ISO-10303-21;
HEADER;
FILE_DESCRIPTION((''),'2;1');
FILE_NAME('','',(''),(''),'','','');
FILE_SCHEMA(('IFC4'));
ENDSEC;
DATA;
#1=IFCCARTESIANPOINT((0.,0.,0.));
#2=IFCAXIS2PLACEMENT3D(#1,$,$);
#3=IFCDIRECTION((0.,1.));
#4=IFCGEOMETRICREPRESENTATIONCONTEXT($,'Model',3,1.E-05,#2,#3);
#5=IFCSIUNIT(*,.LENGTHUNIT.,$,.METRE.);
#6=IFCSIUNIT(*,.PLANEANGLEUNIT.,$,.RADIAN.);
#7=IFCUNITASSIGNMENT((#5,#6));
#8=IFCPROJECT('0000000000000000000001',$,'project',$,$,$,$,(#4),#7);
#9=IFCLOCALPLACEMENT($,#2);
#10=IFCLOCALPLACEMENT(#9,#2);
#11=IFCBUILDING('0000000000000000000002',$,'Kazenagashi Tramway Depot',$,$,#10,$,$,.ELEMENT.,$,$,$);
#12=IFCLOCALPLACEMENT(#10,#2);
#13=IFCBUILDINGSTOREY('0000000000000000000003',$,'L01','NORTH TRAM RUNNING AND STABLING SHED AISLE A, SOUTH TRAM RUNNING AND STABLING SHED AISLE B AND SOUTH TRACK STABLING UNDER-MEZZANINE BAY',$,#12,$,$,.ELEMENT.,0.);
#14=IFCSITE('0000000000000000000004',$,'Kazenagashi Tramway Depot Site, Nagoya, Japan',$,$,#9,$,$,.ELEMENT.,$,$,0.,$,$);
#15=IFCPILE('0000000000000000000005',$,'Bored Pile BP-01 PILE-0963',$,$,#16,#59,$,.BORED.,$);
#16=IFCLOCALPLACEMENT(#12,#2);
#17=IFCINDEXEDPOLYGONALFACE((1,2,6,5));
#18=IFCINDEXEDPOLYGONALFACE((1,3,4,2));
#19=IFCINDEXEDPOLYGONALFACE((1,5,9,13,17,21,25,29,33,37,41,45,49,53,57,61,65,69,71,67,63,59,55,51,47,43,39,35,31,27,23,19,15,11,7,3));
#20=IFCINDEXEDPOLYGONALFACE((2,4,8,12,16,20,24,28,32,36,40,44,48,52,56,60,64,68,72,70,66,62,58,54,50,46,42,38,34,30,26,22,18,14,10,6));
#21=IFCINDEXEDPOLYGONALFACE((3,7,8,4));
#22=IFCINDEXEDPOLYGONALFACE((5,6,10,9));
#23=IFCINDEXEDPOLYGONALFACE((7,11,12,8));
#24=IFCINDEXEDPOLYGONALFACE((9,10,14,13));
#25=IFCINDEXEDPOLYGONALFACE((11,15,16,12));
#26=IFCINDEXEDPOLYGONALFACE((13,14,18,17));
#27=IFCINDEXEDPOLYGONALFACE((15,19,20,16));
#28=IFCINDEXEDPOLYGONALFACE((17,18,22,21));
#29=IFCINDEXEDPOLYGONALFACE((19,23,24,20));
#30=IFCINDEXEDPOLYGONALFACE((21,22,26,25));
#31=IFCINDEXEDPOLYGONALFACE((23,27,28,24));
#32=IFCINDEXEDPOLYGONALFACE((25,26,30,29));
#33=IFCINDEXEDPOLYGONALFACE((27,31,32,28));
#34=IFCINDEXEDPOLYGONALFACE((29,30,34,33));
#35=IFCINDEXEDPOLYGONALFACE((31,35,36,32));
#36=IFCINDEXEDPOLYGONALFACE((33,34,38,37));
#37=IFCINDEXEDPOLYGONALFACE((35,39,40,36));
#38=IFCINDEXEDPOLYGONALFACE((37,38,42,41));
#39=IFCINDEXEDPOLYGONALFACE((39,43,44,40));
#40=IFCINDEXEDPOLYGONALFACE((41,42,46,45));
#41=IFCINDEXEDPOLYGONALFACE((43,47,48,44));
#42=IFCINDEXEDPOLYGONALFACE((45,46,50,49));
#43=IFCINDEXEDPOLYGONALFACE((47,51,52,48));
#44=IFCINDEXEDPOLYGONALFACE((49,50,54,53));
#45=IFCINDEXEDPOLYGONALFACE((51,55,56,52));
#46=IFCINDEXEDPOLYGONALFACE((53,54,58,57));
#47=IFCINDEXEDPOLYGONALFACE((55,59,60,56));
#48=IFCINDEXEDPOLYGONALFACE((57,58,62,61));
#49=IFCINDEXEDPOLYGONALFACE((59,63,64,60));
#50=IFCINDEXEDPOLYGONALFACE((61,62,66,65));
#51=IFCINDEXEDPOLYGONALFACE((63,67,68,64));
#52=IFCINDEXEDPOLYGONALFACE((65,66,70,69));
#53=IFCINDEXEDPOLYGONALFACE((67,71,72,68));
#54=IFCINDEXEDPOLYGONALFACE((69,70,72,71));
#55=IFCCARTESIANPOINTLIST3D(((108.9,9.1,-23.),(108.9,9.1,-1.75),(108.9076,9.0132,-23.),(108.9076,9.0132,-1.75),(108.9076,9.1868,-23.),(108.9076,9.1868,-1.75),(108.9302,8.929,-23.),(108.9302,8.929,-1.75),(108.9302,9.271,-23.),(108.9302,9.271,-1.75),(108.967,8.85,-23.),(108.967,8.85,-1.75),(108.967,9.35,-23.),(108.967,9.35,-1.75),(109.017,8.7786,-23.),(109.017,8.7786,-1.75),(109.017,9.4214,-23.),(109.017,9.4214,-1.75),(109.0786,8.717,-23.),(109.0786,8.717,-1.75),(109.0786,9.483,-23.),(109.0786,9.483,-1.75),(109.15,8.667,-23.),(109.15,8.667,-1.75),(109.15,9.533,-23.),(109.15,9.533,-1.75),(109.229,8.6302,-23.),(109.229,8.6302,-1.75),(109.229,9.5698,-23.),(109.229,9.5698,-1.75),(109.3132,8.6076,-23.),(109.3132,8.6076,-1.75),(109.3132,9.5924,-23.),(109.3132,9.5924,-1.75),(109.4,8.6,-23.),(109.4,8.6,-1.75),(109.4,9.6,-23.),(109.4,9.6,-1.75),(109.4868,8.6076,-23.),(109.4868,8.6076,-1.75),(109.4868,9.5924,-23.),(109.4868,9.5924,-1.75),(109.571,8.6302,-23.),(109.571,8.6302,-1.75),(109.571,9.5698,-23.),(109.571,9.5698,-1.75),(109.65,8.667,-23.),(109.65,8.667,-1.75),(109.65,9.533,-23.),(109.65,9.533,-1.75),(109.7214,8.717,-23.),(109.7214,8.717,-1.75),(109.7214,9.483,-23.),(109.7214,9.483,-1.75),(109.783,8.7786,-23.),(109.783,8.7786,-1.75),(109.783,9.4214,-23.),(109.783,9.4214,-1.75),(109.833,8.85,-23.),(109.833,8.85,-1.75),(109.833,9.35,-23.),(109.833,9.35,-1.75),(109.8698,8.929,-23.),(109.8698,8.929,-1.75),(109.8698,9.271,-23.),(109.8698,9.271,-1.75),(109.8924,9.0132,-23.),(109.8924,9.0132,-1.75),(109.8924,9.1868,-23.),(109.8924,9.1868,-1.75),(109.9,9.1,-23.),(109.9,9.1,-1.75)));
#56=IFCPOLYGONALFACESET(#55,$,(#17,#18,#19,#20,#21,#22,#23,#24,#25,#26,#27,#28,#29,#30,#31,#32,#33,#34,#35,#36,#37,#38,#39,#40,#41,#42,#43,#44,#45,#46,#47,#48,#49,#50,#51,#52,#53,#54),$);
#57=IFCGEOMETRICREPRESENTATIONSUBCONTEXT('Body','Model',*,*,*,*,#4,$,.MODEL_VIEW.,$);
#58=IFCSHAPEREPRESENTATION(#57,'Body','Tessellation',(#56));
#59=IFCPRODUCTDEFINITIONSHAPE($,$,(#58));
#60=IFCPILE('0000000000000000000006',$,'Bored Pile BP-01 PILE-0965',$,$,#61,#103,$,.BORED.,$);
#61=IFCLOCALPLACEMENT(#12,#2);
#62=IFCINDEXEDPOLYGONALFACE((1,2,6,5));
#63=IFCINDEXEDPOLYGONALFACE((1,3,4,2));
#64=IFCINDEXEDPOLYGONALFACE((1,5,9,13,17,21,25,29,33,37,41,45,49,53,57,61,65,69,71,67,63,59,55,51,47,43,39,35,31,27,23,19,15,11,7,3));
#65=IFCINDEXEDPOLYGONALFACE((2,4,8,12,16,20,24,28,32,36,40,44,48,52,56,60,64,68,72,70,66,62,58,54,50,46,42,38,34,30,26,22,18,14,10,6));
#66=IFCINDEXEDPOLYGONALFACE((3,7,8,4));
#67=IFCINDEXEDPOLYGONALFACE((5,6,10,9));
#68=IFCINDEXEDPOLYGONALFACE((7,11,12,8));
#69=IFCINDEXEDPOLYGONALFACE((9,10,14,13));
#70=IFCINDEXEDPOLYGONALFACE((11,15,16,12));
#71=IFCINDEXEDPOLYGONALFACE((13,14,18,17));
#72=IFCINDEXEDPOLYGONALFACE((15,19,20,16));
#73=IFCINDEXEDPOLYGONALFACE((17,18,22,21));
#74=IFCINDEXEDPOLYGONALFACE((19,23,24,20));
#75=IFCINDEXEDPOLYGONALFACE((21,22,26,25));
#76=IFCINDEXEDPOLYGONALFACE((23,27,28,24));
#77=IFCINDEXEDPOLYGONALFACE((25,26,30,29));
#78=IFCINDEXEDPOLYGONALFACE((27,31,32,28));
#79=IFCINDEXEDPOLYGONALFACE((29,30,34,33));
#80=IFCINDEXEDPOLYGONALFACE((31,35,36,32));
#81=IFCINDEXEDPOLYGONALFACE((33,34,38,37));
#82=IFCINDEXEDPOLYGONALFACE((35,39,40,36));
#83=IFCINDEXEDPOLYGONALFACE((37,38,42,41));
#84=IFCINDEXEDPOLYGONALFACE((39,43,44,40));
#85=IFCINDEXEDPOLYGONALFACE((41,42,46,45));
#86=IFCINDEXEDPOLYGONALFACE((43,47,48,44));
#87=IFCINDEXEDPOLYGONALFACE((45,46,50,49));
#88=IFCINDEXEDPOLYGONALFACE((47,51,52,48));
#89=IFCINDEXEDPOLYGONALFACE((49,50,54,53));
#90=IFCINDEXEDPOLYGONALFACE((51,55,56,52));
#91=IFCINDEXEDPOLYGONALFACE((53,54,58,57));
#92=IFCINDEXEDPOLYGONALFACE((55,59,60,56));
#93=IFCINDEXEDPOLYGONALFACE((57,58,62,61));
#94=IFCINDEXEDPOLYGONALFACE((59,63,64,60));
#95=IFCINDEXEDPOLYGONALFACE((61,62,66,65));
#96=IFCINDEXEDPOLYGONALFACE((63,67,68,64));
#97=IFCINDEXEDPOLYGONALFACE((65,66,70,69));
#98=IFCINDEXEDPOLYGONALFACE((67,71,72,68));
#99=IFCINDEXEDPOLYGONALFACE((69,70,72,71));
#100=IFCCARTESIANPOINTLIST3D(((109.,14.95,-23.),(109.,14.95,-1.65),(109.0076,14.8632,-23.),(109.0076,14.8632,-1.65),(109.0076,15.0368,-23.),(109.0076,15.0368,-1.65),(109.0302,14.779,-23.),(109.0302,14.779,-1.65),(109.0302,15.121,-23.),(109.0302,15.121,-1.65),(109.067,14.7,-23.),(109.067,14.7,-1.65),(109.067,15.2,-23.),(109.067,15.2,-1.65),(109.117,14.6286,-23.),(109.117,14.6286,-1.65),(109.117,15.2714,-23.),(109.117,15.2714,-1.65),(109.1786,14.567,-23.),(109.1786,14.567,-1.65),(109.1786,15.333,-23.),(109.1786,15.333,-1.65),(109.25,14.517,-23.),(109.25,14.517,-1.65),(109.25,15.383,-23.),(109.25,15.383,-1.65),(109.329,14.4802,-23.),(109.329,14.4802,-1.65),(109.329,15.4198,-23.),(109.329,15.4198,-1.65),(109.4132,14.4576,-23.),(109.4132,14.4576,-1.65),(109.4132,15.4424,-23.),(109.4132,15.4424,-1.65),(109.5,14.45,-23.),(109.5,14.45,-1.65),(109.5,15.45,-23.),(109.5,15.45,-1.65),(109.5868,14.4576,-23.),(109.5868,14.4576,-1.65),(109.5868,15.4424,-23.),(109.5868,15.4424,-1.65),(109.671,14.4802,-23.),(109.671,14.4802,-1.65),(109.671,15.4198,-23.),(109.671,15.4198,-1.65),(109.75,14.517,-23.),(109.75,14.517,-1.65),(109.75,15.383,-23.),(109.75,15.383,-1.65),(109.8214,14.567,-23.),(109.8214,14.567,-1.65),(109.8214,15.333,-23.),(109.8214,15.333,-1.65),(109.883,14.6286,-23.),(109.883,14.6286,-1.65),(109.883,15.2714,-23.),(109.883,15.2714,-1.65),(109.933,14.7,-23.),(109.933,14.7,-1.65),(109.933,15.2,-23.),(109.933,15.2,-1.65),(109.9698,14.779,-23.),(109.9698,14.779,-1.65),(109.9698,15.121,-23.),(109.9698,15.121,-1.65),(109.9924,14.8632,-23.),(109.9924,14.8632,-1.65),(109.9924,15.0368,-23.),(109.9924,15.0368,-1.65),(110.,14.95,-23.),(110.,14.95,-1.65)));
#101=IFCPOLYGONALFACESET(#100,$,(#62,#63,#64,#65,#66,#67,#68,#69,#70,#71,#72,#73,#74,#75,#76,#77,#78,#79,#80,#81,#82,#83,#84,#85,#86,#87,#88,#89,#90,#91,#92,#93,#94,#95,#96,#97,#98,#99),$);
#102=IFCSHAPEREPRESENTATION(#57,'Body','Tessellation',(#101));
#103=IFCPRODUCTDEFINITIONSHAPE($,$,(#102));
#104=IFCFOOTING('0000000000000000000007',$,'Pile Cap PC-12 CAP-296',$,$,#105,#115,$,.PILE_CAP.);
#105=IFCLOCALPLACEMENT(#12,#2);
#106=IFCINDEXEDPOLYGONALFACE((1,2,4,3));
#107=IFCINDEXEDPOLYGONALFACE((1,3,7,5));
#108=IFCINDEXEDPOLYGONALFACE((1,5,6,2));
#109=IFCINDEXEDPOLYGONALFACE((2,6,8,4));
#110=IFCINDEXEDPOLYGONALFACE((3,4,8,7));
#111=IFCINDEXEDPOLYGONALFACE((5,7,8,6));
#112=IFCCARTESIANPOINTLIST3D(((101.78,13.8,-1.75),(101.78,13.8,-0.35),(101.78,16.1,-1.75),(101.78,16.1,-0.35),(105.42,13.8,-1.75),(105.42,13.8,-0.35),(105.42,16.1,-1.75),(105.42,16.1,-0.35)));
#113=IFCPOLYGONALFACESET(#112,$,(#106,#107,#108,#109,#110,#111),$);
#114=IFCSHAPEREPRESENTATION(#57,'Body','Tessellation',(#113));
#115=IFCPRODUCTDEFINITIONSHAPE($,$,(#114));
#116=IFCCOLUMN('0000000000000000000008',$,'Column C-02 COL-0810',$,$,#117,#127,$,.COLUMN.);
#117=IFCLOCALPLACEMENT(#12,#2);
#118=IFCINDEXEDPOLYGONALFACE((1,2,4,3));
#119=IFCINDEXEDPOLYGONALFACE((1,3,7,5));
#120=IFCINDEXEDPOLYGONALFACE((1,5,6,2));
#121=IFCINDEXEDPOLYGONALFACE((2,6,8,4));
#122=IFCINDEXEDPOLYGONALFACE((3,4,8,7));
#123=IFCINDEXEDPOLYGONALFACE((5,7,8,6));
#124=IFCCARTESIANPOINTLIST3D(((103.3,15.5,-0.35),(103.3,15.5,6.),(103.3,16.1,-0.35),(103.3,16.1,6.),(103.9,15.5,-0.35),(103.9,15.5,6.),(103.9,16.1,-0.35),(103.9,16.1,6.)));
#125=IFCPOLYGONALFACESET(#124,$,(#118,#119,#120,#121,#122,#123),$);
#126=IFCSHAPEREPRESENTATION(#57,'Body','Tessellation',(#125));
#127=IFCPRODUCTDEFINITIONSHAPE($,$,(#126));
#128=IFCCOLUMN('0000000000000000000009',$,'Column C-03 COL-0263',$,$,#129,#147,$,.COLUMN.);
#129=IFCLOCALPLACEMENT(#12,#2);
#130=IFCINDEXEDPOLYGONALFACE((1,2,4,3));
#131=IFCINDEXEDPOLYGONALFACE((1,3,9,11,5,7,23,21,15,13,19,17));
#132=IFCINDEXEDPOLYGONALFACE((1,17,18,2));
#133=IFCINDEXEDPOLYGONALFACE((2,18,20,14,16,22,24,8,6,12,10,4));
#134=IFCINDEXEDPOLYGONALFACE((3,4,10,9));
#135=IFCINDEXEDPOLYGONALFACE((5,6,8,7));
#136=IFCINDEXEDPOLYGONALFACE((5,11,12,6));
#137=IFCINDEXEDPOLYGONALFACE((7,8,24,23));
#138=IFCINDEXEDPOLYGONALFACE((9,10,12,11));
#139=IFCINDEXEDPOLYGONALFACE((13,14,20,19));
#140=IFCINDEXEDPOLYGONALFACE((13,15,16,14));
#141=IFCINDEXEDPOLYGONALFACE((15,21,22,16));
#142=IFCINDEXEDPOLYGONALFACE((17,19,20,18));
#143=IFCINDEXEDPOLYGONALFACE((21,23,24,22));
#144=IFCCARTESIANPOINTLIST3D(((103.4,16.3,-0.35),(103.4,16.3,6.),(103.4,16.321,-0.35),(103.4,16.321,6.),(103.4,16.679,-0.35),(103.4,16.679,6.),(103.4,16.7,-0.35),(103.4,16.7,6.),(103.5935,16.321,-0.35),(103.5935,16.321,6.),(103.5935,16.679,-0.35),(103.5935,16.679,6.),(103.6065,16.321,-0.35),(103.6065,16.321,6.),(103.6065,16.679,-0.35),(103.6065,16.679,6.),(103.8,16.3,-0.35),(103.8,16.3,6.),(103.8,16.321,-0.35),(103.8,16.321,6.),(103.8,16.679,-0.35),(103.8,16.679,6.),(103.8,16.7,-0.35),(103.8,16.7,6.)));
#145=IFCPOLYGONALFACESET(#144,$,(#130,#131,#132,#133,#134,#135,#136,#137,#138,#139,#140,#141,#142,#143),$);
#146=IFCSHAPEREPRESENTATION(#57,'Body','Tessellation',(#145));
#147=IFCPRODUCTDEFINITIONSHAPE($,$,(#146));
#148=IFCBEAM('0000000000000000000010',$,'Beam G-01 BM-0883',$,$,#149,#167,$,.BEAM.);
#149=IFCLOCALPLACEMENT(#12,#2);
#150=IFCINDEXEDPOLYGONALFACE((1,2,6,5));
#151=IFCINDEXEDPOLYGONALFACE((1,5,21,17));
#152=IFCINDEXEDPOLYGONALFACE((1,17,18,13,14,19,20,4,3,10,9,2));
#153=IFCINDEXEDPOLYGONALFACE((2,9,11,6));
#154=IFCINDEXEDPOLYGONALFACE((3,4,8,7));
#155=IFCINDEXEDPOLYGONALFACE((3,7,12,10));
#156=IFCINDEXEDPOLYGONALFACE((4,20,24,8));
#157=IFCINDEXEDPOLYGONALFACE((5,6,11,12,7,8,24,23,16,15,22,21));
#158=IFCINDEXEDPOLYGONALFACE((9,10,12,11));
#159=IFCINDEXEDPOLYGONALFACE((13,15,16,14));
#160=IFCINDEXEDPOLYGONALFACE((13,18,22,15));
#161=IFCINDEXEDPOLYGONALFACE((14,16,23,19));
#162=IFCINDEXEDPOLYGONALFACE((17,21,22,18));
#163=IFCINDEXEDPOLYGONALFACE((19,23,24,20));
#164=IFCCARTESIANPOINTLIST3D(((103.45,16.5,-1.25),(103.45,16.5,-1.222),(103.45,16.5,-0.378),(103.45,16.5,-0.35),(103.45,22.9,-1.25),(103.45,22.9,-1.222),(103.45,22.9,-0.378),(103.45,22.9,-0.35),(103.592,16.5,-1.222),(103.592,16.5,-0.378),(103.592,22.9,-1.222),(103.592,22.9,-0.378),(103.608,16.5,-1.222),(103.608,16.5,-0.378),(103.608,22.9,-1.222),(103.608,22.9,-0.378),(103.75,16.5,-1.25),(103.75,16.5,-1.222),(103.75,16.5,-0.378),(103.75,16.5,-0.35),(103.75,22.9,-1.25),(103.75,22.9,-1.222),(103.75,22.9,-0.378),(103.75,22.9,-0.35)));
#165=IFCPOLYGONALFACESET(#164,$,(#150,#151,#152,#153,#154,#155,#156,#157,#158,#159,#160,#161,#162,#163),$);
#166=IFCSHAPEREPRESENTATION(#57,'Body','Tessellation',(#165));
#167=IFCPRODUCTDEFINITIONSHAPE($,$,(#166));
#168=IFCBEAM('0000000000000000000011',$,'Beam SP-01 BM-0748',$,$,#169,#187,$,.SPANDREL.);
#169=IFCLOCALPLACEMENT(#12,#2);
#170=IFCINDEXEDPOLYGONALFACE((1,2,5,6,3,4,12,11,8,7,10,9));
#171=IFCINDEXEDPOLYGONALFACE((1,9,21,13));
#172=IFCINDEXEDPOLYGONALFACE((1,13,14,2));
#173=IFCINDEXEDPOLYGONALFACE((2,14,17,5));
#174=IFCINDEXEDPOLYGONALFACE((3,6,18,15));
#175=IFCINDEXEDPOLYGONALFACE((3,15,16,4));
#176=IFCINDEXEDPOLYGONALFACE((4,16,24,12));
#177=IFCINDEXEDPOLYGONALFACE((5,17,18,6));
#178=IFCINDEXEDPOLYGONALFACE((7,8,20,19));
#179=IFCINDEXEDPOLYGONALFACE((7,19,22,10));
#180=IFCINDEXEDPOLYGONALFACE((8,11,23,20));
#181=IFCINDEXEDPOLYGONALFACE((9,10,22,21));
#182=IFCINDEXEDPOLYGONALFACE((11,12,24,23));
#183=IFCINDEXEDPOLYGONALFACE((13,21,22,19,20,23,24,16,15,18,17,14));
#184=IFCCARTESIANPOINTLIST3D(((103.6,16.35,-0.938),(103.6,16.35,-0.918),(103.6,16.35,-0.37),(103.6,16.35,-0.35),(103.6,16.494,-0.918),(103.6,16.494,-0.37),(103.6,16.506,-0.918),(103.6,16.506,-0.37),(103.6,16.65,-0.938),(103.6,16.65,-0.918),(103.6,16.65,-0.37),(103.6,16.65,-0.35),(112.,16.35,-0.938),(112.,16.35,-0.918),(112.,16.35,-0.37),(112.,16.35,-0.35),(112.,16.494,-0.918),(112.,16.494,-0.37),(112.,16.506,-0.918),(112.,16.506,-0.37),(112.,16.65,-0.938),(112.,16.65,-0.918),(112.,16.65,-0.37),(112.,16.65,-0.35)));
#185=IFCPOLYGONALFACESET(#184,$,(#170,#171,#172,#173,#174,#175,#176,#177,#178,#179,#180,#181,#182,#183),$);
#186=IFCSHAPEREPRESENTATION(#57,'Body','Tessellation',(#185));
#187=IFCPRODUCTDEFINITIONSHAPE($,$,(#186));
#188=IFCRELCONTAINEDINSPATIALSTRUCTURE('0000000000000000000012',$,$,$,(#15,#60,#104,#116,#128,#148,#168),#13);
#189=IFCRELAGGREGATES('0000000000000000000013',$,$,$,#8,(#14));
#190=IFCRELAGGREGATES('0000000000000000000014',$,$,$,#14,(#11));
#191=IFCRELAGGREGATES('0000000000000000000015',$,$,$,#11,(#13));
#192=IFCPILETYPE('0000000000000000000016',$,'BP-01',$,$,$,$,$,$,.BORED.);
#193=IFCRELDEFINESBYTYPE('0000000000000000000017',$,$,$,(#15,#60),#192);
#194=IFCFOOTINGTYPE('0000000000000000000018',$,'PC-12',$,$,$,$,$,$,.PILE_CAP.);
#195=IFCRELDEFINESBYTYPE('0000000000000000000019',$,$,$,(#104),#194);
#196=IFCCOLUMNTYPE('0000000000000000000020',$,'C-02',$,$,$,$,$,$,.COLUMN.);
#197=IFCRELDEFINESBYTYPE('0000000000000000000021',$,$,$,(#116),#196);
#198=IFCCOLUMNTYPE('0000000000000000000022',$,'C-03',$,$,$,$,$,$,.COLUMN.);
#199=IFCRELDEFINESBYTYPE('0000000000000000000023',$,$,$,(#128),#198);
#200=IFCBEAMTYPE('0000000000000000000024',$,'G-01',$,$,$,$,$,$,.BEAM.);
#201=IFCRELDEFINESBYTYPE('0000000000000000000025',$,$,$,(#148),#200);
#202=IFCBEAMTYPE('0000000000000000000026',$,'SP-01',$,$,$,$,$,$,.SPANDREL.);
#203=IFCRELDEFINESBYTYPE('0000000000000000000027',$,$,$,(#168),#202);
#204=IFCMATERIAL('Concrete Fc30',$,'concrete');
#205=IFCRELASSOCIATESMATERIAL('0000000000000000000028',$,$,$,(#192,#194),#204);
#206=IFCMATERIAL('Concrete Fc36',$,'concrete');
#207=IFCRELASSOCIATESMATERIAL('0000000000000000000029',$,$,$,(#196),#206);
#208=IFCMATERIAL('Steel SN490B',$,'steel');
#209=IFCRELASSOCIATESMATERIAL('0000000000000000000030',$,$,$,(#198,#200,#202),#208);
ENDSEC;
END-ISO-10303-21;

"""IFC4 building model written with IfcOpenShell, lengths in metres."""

from ifc_helpers import new_model, si_unit, direction, frame, origin, origin_2d, place, context, subcontext, project, spatial, rectangle, circle, i_section, extrude, material, material_profile, profile_set, type_object, element, save


model = new_model("IFC4")

# Units and contexts
model_context = context("Model", 3, precision=1e-05, world=origin(), true_north=direction((0.0, 1.0)))
body_context = subcontext(model_context, "Body", "Model", "MODEL_VIEW")
ifc_project = project(units=[si_unit("LENGTHUNIT", "METRE"), si_unit("PLANEANGLEUNIT", "RADIAN")], contexts=[model_context])

# Site, building, storey
site_placement = place(None, origin())
site = spatial("IfcSite", under=ifc_project, at=site_placement, Name="Kazenagashi Tramway Depot Site, Nagoya, Japan", CompositionType="ELEMENT", RefElevation=0.0)
building_placement = place(site_placement, origin())
building = spatial("IfcBuilding", under=site, at=building_placement, Name="Kazenagashi Tramway Depot", CompositionType="ELEMENT")
storey_placement = place(building_placement, origin())
storey = spatial("IfcBuildingStorey", under=building, at=storey_placement, Name="L01", Description="NORTH TRAM RUNNING AND STABLING SHED AISLE A, SOUTH TRAM RUNNING AND STABLING SHED AISLE B AND SOUTH TRACK STABLING UNDER-MEZZANINE BAY", CompositionType="ELEMENT", Elevation=0.0)

# Piles
ifc_material_1 = material(Name="Concrete Fc30", Category="concrete")
ifc_material_profile_1 = material_profile(ifc_material_1, circle(Radius=0.5, at=origin_2d()), Name="PILE-1000")
ifc_profile_set_1 = profile_set([ifc_material_profile_1], Name="Concrete Fc30")
pile_type = type_object("IfcPileType", Name="BP-01", PredefinedType="BORED", material=ifc_profile_set_1)
for number, where, z_axis, x_axis, name in (
    (1, (109.4, 9.1, -1.75), (0.0, 0.0, -1.0), (1.0, 0.0, 0.0), "Bored Pile BP-01 PILE-0963"),
):
    element("IfcPile", number, at=place(storey_placement, frame(where, z_axis=z_axis, x_axis=x_axis)), inside=storey, type_object=pile_type, Name=name, PredefinedType="BORED", context=body_context, shape_type="SweptSolid", body=[
        extrude(circle(Radius=0.5, at=origin_2d()), origin(), (0.0, 0.0, 1.0), 21.25),
    ])
pile_1_placement = place(storey_placement, frame((109.5, 14.95, -1.65), z_axis=(0.0, 0.0, -1.0), x_axis=(1.0, 0.0, 0.0)))
element("IfcPile", 2, at=pile_1_placement, inside=storey, type_object=pile_type, Name="Bored Pile BP-01 PILE-0965", PredefinedType="BORED", context=body_context, shape_type="SweptSolid", body=[
    extrude(circle(Radius=0.5, at=origin_2d()), origin(), (0.0, 0.0, 1.0), 21.35),
])

# Footing
footing_type = type_object("IfcFootingType", Name="PC-12", PredefinedType="PILE_CAP", material=ifc_material_1)
footing_placement = place(storey_placement, frame((103.6, 14.95, -1.75), z_axis=(0.0, 0.0, 1.0), x_axis=(1.0, 0.0, 0.0)))
element("IfcFooting", 3, at=footing_placement, inside=storey, type_object=footing_type, Name="Pile Cap PC-12 CAP-296", PredefinedType="PILE_CAP", context=body_context, shape_type="SweptSolid", body=[
    extrude(rectangle(XDim=3.64, YDim=2.3, at=origin_2d()), origin(), (0.0, 0.0, 1.0), 1.4),
])

# Columns
ifc_material_2 = material(Name="Concrete Fc36", Category="concrete")
ifc_material_profile_2 = material_profile(ifc_material_2, rectangle(XDim=0.6, YDim=0.6, at=origin_2d()), Name="RC-600x600")
ifc_profile_set_2 = profile_set([ifc_material_profile_2], Name="Concrete Fc36")
column_type_1 = type_object("IfcColumnType", Name="C-02", PredefinedType="COLUMN", material=ifc_profile_set_2)
column_1_placement = place(storey_placement, frame((103.6, 15.8, -0.35), z_axis=(0.0, 0.0, 1.0), x_axis=(1.0, 0.0, 0.0)))
element("IfcColumn", 4, at=column_1_placement, inside=storey, type_object=column_type_1, Name="Column C-02 COL-0810", PredefinedType="COLUMN", context=body_context, shape_type="SweptSolid", body=[
    extrude(rectangle(XDim=0.6, YDim=0.6, at=origin_2d()), origin(), (0.0, 0.0, 1.0), 6.35),
])
ifc_material_3 = material(Name="Steel SN490B", Category="steel")
ifc_material_profile_3 = material_profile(ifc_material_3, i_section(OverallWidth=0.4, OverallDepth=0.4, WebThickness=0.013, FlangeThickness=0.021, at=origin_2d()), Name="H-400x400x13x21")
ifc_profile_set_3 = profile_set([ifc_material_profile_3], Name="Steel SN490B")
column_type_2 = type_object("IfcColumnType", Name="C-03", PredefinedType="COLUMN", material=ifc_profile_set_3)
column_2_placement = place(storey_placement, frame((103.6, 16.5, -0.35), z_axis=(0.0, 0.0, 1.0), x_axis=(1.0, 0.0, 0.0)))
element("IfcColumn", 5, at=column_2_placement, inside=storey, type_object=column_type_2, Name="Column C-03 COL-0263", PredefinedType="COLUMN", context=body_context, shape_type="SweptSolid", body=[
    extrude(i_section(OverallWidth=0.4, OverallDepth=0.4, WebThickness=0.013, FlangeThickness=0.021, at=origin_2d()), origin(), (0.0, 0.0, 1.0), 6.35),
])

# Beams
ifc_material_profile_4 = material_profile(ifc_material_3, i_section(OverallWidth=0.3, OverallDepth=0.9, WebThickness=0.016, FlangeThickness=0.028, at=origin_2d()), Name="H-900x300x16x28")
ifc_profile_set_4 = profile_set([ifc_material_profile_4], Name="Steel SN490B")
beam_type_1 = type_object("IfcBeamType", Name="G-01", PredefinedType="BEAM", material=ifc_profile_set_4)
beam_1_placement = place(storey_placement, frame((103.6, 16.5, -0.8), z_axis=(0.0, 1.0, 0.0), x_axis=(-1.0, 0.0, 0.0)))
element("IfcBeam", 6, at=beam_1_placement, inside=storey, type_object=beam_type_1, Name="Beam G-01 BM-0883", PredefinedType="BEAM", context=body_context, shape_type="SweptSolid", body=[
    extrude(i_section(OverallWidth=0.3, OverallDepth=0.9, WebThickness=0.016, FlangeThickness=0.028, at=origin_2d()), origin(), (0.0, 0.0, 1.0), 6.4),
])
ifc_material_profile_5 = material_profile(ifc_material_3, i_section(OverallWidth=0.3, OverallDepth=0.588, WebThickness=0.012, FlangeThickness=0.02, at=origin_2d()), Name="H-588x300x12x20")
ifc_profile_set_5 = profile_set([ifc_material_profile_5], Name="Steel SN490B")
beam_type_2 = type_object("IfcBeamType", Name="SP-01", PredefinedType="SPANDREL", material=ifc_profile_set_5)
beam_2_placement = place(storey_placement, frame((103.6, 16.5, -0.644), z_axis=(1.0, 0.0, 0.0), x_axis=(0.0, 1.0, 0.0)))
element("IfcBeam", 7, at=beam_2_placement, inside=storey, type_object=beam_type_2, Name="Beam SP-01 BM-0748", PredefinedType="SPANDREL", context=body_context, shape_type="SweptSolid", body=[
    extrude(i_section(OverallWidth=0.3, OverallDepth=0.588, WebThickness=0.012, FlangeThickness=0.02, at=origin_2d()), origin(), (0.0, 0.0, 1.0), 8.4),
])

save(model, "model.ifc")
